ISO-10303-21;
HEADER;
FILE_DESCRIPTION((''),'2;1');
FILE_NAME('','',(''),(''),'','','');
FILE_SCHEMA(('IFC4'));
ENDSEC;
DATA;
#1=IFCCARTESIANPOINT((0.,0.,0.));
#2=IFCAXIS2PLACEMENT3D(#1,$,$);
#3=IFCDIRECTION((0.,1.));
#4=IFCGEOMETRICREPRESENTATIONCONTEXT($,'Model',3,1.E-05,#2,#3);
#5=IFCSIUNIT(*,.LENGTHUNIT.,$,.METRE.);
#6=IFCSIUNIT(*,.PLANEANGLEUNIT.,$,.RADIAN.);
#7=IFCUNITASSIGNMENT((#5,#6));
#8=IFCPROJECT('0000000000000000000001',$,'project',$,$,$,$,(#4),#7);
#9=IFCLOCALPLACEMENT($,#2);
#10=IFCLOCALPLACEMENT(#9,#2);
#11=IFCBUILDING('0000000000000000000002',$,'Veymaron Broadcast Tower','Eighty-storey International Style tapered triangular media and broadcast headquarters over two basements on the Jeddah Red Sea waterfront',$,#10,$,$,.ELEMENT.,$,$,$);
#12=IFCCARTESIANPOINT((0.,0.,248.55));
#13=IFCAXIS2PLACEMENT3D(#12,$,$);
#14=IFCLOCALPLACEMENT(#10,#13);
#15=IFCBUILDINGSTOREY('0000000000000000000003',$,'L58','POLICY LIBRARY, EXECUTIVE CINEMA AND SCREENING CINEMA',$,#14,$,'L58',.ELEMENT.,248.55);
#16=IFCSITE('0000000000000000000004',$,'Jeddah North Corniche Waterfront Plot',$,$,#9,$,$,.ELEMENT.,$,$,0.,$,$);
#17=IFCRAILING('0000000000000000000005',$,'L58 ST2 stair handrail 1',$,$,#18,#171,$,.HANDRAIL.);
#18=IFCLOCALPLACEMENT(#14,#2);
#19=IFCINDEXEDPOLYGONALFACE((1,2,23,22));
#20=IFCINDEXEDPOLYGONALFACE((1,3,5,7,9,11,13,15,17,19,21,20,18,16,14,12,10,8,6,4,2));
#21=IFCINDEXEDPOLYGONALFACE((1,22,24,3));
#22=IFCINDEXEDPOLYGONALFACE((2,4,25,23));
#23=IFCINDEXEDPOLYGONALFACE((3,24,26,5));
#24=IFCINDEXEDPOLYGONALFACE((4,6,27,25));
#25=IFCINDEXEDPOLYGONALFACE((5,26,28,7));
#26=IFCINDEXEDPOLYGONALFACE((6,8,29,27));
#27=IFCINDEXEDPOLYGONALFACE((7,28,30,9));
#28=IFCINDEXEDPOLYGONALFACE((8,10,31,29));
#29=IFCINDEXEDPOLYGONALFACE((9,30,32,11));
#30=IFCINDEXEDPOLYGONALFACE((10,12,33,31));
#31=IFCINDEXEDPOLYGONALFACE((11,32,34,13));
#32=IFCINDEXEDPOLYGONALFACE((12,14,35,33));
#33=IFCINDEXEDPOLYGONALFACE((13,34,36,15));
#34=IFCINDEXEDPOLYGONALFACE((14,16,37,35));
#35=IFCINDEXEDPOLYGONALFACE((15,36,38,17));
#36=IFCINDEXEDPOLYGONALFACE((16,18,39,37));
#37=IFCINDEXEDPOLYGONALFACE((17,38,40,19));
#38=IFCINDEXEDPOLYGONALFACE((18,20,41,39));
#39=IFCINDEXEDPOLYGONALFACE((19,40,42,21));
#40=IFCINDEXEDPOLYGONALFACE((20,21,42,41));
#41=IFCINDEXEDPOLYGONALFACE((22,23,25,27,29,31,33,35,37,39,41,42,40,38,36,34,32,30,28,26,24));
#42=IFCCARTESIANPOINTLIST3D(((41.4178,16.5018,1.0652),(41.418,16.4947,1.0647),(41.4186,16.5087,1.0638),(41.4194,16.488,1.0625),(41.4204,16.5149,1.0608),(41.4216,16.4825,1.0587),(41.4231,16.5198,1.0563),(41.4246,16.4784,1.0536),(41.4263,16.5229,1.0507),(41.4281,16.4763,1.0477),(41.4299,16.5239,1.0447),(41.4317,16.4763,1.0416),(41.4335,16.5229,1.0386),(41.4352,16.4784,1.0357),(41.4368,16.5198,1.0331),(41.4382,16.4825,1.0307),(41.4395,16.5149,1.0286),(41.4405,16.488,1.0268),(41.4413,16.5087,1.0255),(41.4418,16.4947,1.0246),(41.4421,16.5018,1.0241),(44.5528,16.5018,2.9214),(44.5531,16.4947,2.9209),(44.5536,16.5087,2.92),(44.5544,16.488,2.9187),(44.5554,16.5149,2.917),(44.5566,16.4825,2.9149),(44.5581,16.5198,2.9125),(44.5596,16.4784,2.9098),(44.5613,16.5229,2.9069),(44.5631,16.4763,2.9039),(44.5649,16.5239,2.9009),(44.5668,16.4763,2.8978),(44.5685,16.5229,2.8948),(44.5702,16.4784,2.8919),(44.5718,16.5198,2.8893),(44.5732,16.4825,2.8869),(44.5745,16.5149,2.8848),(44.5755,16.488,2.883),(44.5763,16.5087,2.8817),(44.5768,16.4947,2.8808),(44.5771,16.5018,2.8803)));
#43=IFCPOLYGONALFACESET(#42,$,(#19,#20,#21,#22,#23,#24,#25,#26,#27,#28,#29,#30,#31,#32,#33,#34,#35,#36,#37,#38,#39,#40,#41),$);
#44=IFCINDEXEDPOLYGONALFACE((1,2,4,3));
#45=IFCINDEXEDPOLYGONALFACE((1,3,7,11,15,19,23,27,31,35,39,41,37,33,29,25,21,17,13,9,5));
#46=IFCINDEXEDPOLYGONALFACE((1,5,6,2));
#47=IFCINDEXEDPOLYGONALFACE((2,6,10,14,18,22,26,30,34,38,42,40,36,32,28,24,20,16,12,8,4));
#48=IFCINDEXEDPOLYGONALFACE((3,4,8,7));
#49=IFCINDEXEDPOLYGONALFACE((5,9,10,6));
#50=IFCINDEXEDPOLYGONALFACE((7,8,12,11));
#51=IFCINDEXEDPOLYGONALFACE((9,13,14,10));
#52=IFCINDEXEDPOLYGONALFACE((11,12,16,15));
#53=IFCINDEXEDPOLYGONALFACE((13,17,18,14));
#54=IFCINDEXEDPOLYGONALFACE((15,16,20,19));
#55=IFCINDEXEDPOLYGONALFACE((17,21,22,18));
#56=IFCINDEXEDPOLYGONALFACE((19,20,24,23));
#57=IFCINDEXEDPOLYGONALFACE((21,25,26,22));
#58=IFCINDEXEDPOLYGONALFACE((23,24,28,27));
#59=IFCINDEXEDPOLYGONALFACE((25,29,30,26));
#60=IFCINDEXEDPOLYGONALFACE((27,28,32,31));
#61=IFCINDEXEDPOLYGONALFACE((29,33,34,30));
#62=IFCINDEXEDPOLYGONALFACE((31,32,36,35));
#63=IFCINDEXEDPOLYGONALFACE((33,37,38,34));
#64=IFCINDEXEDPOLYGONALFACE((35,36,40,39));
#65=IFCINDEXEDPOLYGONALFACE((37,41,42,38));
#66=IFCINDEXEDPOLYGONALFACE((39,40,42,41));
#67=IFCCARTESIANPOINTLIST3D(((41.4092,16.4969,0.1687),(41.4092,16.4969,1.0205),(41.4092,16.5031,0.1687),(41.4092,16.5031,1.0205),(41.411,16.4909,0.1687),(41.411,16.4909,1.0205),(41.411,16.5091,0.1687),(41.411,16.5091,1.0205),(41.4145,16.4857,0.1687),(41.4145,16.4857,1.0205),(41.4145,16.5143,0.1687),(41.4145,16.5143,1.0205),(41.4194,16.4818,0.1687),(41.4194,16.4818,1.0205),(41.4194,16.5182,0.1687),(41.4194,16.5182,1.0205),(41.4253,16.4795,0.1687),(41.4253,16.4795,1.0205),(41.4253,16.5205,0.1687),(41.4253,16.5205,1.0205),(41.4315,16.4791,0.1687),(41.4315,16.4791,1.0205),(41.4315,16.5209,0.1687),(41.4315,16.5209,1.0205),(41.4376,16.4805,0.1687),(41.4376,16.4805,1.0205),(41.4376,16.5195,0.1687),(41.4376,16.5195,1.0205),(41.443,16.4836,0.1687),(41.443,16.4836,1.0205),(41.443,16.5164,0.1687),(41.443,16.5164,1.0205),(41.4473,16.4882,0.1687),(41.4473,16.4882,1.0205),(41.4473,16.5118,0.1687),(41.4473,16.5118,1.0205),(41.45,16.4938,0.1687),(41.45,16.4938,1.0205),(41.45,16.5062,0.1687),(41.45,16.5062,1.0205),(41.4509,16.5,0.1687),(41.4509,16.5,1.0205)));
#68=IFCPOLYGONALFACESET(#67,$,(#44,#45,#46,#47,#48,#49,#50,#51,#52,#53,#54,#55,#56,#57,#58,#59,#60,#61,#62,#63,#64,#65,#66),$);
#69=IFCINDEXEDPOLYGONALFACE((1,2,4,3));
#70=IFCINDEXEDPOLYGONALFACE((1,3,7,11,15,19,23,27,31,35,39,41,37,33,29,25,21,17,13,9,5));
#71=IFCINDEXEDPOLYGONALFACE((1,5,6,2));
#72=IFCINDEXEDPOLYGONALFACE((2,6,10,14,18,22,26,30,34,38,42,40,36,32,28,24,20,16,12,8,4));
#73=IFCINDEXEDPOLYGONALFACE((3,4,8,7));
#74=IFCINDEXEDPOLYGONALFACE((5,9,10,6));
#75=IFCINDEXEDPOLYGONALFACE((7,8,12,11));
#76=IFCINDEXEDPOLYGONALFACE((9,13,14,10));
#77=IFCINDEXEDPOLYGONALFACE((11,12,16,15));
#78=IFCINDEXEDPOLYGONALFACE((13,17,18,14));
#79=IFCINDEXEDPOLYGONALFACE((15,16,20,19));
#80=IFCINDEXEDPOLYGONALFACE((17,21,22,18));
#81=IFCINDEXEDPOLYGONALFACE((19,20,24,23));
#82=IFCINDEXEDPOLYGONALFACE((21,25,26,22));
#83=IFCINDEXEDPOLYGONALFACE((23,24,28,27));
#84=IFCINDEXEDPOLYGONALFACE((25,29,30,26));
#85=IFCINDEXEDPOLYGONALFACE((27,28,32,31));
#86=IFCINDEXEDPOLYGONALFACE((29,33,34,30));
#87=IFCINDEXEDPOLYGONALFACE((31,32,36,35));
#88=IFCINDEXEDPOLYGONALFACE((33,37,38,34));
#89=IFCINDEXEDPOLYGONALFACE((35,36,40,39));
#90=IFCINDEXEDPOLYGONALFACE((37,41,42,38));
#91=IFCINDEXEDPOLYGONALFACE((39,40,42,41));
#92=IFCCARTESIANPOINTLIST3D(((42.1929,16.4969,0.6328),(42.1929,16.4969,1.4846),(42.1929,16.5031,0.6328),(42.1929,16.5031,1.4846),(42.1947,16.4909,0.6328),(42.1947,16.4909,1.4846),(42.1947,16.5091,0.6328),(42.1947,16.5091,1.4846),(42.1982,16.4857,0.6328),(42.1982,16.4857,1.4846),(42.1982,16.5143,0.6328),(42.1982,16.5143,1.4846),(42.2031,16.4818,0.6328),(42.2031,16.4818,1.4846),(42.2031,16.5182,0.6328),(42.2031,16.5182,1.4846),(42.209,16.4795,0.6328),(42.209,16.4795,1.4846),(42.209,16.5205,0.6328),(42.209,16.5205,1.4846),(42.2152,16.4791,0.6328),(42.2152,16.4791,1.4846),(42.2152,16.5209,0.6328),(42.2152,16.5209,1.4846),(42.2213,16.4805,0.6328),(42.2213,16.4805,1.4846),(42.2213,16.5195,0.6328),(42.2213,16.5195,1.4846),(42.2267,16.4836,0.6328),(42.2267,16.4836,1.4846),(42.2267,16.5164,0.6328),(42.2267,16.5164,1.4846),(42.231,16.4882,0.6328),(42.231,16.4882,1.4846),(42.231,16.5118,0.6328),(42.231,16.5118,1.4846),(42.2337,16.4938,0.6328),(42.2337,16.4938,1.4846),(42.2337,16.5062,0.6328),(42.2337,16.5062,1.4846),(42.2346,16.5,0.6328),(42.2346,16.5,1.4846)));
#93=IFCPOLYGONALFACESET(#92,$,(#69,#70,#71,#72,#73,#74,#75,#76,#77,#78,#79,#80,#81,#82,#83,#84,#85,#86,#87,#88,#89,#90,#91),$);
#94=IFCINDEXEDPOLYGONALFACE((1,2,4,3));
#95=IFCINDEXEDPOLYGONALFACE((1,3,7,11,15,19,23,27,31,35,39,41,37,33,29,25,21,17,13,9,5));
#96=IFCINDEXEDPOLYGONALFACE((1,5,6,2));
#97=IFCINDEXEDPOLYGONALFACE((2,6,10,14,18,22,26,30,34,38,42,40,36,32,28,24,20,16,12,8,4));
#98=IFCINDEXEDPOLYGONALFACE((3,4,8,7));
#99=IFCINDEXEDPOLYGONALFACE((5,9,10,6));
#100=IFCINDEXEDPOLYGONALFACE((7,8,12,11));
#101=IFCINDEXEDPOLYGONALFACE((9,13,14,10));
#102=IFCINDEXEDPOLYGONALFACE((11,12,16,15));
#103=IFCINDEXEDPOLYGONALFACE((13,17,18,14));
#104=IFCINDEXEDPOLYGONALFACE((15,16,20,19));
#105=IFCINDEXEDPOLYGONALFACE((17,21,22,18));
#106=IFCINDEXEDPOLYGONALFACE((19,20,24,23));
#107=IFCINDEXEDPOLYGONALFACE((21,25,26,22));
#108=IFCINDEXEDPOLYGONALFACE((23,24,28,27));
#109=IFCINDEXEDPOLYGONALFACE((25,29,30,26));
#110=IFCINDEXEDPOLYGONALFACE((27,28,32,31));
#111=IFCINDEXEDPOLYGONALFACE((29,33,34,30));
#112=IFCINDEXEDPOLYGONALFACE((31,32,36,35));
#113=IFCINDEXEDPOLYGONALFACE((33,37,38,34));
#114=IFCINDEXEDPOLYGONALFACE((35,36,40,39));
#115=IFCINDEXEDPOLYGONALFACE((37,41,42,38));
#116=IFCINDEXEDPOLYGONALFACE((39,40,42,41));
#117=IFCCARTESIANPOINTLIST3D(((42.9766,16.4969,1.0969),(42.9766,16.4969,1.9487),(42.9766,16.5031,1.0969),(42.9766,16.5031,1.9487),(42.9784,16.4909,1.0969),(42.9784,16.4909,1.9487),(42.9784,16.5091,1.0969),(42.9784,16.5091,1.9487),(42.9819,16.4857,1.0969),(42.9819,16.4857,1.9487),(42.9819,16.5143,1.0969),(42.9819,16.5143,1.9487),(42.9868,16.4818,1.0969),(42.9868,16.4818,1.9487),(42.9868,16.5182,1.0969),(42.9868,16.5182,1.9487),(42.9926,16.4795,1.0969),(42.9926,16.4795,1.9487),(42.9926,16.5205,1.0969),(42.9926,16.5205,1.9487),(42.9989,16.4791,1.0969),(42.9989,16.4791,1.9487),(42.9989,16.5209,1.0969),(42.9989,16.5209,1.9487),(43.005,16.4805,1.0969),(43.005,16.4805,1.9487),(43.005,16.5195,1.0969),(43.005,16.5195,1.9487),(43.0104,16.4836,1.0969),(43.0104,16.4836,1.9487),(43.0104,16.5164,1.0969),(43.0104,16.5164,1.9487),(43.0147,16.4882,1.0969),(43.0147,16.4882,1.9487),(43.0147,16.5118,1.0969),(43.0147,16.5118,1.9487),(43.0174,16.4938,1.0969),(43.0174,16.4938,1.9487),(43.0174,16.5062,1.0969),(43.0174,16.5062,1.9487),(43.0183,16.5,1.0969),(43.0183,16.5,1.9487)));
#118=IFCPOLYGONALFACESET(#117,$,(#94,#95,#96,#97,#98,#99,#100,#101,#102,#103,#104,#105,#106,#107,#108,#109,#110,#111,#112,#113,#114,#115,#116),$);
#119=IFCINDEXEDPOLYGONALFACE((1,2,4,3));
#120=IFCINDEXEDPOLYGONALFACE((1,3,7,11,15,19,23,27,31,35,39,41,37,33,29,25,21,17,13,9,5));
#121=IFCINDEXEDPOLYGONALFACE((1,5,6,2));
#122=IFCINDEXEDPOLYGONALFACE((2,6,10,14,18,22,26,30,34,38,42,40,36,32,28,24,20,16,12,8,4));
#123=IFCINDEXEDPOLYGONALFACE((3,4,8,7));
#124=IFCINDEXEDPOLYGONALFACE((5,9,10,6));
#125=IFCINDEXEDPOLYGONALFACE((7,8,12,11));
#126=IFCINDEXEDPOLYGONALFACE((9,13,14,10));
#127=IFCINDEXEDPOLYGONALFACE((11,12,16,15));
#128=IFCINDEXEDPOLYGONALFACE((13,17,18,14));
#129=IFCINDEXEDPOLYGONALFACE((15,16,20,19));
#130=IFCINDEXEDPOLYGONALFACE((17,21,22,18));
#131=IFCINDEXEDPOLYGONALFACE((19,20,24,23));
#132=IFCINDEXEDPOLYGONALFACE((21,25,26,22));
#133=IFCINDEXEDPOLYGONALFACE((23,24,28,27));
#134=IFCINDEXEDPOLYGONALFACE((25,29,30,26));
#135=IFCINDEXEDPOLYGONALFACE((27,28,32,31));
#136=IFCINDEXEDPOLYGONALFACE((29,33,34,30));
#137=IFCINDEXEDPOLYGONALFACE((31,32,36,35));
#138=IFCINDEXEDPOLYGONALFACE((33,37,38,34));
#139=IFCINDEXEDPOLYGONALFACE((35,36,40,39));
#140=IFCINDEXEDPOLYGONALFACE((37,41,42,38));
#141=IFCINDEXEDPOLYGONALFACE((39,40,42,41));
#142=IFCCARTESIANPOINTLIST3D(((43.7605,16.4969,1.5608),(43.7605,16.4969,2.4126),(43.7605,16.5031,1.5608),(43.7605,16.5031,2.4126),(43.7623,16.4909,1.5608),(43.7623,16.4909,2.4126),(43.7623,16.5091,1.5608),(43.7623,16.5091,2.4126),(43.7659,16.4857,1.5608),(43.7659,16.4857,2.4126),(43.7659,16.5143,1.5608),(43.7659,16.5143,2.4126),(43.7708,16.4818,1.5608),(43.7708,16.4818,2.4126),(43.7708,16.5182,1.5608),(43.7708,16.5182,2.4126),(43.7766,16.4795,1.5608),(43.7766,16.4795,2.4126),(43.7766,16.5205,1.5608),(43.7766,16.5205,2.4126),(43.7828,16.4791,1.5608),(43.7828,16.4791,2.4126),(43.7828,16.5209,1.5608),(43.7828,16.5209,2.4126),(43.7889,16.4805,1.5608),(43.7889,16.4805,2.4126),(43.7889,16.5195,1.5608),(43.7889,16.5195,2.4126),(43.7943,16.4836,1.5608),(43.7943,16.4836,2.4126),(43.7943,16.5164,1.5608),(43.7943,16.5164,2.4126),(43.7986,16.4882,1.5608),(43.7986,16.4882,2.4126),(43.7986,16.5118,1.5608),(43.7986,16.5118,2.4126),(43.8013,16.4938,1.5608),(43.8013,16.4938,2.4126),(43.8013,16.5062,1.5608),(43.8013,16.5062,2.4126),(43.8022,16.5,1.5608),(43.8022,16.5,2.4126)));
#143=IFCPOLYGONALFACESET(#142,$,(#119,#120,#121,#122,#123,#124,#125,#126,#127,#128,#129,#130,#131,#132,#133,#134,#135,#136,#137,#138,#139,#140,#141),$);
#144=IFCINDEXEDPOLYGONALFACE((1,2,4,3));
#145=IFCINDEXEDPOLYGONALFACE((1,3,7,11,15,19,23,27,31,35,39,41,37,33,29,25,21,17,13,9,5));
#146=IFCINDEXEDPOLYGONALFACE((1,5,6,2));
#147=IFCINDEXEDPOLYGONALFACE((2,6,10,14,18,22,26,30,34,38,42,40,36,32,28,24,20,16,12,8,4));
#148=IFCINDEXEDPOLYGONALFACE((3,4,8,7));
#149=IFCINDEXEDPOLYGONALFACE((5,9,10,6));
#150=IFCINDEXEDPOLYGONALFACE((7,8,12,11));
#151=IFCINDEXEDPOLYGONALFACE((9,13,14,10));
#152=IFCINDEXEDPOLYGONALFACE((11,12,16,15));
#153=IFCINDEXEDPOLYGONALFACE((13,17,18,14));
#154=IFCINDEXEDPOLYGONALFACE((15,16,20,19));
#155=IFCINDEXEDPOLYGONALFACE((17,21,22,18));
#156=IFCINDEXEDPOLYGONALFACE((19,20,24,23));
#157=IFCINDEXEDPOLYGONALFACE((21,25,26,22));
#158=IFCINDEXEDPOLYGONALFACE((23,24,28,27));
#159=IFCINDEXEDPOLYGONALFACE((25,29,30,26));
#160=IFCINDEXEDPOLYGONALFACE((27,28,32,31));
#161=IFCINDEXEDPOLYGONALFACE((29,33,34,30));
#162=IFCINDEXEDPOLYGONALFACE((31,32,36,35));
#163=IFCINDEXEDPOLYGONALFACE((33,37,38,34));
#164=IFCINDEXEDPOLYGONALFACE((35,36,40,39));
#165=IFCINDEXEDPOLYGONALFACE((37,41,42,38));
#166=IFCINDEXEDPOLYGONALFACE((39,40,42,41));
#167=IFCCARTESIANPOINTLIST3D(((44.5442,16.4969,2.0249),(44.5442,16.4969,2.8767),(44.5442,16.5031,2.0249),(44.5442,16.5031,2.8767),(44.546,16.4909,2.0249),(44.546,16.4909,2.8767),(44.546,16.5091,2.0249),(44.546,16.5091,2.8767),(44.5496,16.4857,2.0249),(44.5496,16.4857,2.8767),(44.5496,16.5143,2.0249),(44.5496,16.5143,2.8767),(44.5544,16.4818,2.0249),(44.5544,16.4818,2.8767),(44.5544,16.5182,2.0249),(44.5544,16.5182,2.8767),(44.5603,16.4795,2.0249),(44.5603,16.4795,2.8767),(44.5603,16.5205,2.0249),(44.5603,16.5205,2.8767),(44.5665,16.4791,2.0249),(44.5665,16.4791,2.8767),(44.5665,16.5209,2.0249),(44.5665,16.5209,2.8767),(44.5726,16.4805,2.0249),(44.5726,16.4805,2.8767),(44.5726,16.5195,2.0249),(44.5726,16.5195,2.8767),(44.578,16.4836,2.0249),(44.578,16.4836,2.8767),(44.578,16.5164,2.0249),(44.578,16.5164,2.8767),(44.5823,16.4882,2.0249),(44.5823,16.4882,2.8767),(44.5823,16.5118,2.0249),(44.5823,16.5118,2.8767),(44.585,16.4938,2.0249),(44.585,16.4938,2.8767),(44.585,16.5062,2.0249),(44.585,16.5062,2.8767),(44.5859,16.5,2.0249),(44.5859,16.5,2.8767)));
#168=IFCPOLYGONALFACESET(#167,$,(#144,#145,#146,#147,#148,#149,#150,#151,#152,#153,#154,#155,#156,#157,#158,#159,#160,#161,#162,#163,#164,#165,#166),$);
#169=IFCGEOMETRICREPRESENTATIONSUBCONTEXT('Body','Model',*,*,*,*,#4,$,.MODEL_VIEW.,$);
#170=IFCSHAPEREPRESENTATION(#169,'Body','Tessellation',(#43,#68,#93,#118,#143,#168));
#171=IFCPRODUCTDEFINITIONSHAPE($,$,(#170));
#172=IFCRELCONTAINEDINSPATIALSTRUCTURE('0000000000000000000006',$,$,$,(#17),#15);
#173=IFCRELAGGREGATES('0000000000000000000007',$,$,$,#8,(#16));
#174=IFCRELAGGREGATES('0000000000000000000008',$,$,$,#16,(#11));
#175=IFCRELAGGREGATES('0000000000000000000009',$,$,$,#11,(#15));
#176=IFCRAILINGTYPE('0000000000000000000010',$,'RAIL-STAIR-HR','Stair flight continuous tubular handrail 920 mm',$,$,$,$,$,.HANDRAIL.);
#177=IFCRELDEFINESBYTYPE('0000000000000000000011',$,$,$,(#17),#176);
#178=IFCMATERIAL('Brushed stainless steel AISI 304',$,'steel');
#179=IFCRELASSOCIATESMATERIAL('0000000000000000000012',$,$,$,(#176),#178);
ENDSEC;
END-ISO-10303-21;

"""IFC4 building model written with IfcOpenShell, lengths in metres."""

from ifc_helpers import new_model, si_unit, direction, frame, origin, origin_2d, place, context, subcontext, project, spatial, circle, extrude, material, type_object, element, save


model = new_model("IFC4")

# Units and contexts
model_context = context("Model", 3, precision=1e-05, world=origin(), true_north=direction((0.0, 1.0)))
body_context = subcontext(model_context, "Body", "Model", "MODEL_VIEW")
ifc_project = project(units=[si_unit("LENGTHUNIT", "METRE"), si_unit("PLANEANGLEUNIT", "RADIAN")], contexts=[model_context])

# Site, building, storey
site_placement = place(None, origin())
site = spatial("IfcSite", under=ifc_project, at=site_placement, Name="Jeddah North Corniche Waterfront Plot", CompositionType="ELEMENT", RefElevation=0.0)
building_placement = place(site_placement, origin())
building = spatial("IfcBuilding", under=site, at=building_placement, Name="Veymaron Broadcast Tower", Description="Eighty-storey International Style tapered triangular media and broadcast headquarters over two basements on the Jeddah Red Sea waterfront", CompositionType="ELEMENT")
storey_placement = place(building_placement, frame((0.0, 0.0, 248.55)))
storey = spatial("IfcBuildingStorey", under=building, at=storey_placement, Name="L58", Description="POLICY LIBRARY, EXECUTIVE CINEMA AND SCREENING CINEMA", LongName="L58", CompositionType="ELEMENT", Elevation=248.55)

# Shared definitions
ifc_material_1 = material(Name="Brushed stainless steel AISI 304", Category="steel")

# Railing
railing_type_1 = type_object("IfcRailingType", Name="RAIL-STAIR-HR", Description="Stair flight continuous tubular handrail 920 mm", PredefinedType="HANDRAIL", material=ifc_material_1)
railing_1_placement = place(storey_placement, frame((41.4299, 16.5, 0.1687)))
element("IfcRailing", 1, at=railing_1_placement, inside=storey, type_object=railing_type_1, Name="L58 ST2 stair handrail 1", PredefinedType="HANDRAIL", context=body_context, shape_type="SweptSolid", body=[
    extrude(circle(Radius=0.0239, at=origin_2d()), frame((0.0, 0.0, 0.876), z_axis=(0.860482, 0.0, 0.509481), x_axis=(0.0, 1.0, 0.0)), (0.0, 0.0, 1.0), 3.6433),
    extrude(circle(Radius=0.021, at=origin_2d()), origin(), (0.0, 0.0, 1.0), 0.8518),
    extrude(circle(Radius=0.021, at=origin_2d()), frame((0.7837, 0.0, 0.4641)), (0.0, 0.0, 1.0), 0.8518),
    extrude(circle(Radius=0.021, at=origin_2d()), frame((1.5674, 0.0, 0.9282)), (0.0, 0.0, 1.0), 0.8518),
    extrude(circle(Radius=0.021, at=origin_2d()), frame((2.3513, 0.0, 1.3921)), (0.0, 0.0, 1.0), 0.8518),
    extrude(circle(Radius=0.021, at=origin_2d()), frame((3.135, 0.0, 1.8562)), (0.0, 0.0, 1.0), 0.8518),
])

save(model, "model.ifc")
